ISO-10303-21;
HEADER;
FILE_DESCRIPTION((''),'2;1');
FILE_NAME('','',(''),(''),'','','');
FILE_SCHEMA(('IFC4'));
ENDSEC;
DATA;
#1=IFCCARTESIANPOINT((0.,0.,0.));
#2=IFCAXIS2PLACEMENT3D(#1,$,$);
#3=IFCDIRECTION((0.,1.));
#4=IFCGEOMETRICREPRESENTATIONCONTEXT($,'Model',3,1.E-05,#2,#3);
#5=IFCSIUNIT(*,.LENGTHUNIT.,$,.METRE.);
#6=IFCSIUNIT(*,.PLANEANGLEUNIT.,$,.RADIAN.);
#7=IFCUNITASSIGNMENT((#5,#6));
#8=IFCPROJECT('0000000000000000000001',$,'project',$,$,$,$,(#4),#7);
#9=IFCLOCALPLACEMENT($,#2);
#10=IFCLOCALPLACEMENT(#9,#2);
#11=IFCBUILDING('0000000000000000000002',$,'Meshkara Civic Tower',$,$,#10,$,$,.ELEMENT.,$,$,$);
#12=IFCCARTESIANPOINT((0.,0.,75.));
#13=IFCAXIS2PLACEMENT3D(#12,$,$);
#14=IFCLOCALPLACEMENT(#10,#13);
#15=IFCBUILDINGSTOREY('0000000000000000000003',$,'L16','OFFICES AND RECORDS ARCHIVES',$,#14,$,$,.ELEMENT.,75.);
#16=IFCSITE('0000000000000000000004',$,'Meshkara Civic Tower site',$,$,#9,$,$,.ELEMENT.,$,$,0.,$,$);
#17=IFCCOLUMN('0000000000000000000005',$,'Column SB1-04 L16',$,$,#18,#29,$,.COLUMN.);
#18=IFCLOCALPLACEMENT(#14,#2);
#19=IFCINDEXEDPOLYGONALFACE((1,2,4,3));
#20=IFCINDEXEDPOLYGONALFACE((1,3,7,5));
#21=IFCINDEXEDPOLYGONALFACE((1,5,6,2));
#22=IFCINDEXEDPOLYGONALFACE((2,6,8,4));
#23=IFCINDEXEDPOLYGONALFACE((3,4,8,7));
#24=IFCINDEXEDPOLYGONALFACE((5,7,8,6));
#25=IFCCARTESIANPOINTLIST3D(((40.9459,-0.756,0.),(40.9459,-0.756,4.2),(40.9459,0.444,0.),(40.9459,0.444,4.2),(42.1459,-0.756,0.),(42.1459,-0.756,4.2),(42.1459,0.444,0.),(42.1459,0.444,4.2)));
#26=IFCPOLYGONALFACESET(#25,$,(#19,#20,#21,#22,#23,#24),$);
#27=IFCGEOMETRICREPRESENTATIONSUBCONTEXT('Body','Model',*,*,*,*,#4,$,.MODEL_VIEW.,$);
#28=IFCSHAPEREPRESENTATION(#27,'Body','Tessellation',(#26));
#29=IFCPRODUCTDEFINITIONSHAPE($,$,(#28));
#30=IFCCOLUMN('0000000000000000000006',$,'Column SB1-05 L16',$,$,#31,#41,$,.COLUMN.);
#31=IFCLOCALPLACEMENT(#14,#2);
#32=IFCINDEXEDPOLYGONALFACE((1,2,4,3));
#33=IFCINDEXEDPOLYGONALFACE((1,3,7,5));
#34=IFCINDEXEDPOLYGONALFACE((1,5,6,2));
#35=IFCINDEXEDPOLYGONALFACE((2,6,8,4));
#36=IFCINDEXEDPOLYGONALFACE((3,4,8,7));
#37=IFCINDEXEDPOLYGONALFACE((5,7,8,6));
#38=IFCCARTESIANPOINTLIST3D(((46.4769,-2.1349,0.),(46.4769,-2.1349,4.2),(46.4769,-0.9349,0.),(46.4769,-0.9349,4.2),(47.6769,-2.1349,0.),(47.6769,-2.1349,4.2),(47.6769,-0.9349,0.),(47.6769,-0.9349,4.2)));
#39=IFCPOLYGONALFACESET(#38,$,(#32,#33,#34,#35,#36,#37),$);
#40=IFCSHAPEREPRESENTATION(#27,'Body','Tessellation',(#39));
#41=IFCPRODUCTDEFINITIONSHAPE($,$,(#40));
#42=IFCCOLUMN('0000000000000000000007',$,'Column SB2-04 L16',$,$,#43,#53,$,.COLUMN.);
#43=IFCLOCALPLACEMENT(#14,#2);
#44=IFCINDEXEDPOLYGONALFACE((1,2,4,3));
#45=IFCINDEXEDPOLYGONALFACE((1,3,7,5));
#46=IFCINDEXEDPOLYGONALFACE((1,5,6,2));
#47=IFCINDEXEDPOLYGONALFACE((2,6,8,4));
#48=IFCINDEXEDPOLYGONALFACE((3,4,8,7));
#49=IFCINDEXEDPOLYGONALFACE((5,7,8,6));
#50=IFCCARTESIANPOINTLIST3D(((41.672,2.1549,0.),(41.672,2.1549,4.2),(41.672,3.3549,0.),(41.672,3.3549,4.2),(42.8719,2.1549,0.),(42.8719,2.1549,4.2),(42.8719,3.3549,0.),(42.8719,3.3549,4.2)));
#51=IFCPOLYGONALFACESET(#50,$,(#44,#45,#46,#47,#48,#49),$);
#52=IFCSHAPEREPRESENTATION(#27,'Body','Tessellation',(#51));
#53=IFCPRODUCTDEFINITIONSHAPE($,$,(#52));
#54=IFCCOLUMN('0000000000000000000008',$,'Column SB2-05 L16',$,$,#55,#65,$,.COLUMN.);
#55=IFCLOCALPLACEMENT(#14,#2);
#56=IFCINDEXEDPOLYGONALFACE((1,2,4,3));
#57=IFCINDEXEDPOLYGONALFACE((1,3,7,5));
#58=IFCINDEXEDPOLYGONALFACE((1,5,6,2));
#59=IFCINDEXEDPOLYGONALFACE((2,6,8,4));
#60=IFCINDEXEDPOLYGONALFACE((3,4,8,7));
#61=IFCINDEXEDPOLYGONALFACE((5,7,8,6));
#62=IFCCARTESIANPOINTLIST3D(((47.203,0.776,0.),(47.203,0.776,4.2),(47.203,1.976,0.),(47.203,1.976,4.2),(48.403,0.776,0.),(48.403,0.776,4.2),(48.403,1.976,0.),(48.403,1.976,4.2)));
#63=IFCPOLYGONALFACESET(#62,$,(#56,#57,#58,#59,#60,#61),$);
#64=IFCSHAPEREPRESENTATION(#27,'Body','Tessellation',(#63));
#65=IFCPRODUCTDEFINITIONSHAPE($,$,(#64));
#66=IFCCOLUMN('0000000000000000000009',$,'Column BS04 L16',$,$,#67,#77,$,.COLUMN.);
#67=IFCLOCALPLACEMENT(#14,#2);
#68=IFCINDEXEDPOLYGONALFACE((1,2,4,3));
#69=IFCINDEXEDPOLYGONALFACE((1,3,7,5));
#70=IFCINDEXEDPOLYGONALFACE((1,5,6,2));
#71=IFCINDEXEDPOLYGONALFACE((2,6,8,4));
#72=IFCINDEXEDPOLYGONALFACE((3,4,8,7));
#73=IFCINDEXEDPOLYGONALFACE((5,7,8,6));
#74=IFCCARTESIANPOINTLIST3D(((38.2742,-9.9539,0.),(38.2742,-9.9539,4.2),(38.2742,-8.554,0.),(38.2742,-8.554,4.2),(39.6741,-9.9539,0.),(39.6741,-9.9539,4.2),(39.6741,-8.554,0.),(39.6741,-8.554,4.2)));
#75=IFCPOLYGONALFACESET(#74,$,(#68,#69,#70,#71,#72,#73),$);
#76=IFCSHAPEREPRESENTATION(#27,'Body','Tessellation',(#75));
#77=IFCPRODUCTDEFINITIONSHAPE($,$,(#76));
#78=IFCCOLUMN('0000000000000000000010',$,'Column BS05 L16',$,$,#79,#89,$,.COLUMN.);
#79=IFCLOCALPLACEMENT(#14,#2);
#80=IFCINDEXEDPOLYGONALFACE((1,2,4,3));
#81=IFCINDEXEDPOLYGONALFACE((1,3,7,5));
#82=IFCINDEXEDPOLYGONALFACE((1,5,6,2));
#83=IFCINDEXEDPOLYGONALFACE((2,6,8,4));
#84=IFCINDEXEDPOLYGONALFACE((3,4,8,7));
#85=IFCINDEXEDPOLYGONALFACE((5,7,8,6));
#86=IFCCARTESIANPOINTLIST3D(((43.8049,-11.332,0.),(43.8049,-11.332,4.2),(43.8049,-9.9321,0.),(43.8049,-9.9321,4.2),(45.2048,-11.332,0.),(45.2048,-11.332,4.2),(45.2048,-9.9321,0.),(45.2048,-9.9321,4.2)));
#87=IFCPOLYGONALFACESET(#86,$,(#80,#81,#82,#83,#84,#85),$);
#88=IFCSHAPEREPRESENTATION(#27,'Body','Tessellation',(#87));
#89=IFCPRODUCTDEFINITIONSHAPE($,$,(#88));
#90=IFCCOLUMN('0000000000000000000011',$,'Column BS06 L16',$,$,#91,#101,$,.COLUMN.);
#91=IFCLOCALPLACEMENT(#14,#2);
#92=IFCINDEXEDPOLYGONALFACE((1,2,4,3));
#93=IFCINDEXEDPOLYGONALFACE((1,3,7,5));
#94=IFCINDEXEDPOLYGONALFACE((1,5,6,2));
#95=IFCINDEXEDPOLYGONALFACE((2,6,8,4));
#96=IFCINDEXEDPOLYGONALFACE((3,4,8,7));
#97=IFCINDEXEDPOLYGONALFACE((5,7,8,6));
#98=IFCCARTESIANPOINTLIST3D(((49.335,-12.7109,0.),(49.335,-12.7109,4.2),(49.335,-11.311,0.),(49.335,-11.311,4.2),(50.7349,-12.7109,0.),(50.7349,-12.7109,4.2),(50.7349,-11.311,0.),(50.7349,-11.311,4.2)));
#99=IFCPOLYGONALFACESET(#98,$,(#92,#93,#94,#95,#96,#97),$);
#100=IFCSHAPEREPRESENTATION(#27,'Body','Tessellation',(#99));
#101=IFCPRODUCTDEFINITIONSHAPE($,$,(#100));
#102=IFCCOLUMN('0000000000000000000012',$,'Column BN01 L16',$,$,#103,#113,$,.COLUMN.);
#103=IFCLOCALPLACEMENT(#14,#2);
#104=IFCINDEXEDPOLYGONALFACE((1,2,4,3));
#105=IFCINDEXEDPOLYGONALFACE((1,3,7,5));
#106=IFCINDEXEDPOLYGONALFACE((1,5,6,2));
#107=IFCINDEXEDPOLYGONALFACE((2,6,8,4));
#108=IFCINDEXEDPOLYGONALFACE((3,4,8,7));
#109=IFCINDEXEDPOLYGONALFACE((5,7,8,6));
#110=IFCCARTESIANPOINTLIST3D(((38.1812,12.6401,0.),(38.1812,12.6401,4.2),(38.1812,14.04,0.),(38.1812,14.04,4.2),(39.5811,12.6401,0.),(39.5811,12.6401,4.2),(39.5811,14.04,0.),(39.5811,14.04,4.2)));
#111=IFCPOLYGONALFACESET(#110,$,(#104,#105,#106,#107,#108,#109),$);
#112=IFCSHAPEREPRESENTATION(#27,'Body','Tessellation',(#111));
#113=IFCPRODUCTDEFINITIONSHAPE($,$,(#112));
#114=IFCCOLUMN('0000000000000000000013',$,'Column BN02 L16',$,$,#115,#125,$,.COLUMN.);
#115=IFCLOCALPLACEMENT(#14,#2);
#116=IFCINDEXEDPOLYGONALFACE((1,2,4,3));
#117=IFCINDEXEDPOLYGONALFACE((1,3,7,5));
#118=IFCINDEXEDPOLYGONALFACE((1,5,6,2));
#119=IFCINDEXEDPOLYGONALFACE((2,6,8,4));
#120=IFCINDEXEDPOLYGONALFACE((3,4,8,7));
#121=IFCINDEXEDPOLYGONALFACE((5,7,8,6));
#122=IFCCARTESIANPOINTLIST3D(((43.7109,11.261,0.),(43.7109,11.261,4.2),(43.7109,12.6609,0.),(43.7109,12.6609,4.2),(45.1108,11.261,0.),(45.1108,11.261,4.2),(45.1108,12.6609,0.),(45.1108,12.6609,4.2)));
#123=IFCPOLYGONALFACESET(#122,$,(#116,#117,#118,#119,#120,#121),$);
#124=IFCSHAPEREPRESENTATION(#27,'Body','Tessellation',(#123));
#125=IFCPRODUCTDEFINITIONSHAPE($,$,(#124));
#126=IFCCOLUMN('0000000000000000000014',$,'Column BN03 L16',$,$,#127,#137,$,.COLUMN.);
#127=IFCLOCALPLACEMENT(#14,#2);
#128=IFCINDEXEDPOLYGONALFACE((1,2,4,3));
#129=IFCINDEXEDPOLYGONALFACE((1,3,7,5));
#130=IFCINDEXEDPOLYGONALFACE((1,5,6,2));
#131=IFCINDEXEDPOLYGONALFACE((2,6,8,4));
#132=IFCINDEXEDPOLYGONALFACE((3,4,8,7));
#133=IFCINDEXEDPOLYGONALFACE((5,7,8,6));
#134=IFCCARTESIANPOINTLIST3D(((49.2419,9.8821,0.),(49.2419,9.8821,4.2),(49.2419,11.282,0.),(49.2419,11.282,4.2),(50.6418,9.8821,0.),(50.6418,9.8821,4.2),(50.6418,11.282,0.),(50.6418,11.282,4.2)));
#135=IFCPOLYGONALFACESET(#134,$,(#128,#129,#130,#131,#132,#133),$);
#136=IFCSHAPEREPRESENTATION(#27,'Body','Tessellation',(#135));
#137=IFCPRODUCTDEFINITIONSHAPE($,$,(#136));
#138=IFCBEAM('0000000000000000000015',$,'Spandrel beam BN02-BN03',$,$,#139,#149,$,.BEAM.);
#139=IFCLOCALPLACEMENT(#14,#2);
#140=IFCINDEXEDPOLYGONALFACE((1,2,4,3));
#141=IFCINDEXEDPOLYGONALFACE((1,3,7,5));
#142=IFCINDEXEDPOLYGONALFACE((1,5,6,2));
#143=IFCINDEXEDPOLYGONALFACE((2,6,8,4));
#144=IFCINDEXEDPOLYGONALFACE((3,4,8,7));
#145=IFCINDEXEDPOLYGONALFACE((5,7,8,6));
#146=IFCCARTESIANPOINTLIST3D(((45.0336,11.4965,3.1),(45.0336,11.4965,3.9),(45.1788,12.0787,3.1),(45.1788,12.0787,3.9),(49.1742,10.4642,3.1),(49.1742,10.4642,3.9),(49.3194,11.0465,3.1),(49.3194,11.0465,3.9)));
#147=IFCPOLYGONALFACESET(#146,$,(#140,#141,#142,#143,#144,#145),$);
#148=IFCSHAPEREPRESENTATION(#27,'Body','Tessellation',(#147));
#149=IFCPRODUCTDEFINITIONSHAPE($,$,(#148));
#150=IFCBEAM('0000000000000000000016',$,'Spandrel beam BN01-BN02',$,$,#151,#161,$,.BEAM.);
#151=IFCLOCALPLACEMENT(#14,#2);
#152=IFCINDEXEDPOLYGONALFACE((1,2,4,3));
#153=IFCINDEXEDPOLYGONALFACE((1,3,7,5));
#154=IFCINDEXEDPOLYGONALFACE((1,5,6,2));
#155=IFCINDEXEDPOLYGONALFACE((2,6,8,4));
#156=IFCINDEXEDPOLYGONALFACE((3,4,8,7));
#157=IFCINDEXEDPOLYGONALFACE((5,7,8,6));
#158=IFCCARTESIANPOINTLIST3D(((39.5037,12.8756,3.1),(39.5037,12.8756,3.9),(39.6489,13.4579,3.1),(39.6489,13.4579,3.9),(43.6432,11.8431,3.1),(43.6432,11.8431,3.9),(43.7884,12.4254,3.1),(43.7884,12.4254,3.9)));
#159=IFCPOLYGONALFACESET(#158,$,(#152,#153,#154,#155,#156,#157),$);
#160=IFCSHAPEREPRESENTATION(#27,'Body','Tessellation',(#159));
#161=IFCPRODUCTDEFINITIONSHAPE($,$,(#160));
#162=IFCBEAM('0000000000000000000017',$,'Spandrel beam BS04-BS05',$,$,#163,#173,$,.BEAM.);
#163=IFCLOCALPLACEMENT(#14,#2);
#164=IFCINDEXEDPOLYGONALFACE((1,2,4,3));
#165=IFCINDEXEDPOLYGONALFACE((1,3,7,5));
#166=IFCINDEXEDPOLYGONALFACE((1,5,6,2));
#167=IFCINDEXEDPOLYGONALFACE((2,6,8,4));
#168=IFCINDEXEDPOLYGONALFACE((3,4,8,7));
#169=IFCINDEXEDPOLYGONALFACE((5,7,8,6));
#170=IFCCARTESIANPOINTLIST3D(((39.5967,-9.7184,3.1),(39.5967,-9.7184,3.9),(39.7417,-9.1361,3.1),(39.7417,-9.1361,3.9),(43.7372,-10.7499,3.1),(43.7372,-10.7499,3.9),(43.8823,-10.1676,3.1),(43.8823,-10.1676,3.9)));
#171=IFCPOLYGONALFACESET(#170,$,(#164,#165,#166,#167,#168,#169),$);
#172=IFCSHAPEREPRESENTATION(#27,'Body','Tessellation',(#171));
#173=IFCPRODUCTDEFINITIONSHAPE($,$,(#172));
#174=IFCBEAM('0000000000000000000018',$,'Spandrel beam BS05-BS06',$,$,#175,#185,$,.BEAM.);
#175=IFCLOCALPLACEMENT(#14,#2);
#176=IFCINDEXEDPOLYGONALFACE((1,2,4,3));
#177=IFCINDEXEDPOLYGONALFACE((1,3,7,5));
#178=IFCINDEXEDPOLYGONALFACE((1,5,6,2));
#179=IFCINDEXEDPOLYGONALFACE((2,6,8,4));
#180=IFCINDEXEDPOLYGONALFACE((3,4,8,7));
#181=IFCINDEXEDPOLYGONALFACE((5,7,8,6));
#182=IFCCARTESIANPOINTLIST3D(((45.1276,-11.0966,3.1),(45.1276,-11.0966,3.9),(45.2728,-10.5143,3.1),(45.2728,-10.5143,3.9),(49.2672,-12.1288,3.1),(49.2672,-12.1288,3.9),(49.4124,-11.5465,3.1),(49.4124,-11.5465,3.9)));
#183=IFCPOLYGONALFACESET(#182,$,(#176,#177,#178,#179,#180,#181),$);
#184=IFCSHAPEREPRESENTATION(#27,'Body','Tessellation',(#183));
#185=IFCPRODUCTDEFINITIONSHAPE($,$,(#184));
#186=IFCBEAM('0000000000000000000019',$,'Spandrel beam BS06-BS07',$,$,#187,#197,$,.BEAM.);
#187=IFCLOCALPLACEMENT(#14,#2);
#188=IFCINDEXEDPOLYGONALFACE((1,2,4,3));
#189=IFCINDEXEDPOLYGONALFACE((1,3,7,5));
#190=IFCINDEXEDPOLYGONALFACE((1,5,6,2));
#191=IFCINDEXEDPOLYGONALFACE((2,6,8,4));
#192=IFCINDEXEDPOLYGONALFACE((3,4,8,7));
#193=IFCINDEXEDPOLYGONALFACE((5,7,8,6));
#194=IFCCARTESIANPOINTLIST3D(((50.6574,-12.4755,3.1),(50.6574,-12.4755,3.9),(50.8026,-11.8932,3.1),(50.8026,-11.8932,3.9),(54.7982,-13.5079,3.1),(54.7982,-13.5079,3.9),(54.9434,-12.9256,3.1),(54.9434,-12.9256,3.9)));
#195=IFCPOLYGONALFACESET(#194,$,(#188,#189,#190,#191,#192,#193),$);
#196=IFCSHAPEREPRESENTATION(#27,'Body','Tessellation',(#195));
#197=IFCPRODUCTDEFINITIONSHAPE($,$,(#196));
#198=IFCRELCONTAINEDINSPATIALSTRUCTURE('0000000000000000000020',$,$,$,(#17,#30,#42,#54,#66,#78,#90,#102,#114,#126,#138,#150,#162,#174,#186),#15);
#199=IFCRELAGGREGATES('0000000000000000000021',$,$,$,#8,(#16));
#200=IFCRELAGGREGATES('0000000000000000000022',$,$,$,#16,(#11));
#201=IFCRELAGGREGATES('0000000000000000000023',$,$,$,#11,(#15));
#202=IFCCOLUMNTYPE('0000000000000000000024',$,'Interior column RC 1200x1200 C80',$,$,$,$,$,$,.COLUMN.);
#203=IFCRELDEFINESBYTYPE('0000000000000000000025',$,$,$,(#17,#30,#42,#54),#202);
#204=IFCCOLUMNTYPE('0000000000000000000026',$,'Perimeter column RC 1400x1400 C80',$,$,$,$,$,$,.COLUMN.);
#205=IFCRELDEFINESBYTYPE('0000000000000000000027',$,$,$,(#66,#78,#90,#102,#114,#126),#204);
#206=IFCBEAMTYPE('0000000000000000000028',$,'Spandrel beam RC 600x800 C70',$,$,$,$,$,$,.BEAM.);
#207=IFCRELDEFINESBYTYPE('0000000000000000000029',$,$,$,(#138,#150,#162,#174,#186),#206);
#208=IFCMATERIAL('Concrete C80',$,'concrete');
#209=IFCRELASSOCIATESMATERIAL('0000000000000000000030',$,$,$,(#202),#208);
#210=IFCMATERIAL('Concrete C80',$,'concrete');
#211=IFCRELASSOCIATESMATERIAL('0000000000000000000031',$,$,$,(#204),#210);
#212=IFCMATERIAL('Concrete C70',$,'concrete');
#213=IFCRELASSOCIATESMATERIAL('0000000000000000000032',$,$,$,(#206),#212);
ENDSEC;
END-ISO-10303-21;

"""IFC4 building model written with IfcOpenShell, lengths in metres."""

from ifc_helpers import new_model, si_unit, direction, frame, origin, origin_2d, place, context, subcontext, project, spatial, rectangle, extrude, material, material_profile, profile_set, type_object, element, save


model = new_model("IFC4")

# Units and contexts
model_context = context("Model", 3, precision=1e-05, world=origin(), true_north=direction((0.0, 1.0)))
body_context = subcontext(model_context, "Body", "Model", "MODEL_VIEW")
ifc_project = project(units=[si_unit("LENGTHUNIT", "METRE"), si_unit("PLANEANGLEUNIT", "RADIAN")], contexts=[model_context])

# Site, building, storey
site_placement = place(None, origin())
site = spatial("IfcSite", under=ifc_project, at=site_placement, Name="Meshkara Civic Tower site", CompositionType="ELEMENT", RefElevation=0.0)
building_placement = place(site_placement, origin())
building = spatial("IfcBuilding", under=site, at=building_placement, Name="Meshkara Civic Tower", CompositionType="ELEMENT")
storey_placement = place(building_placement, frame((0.0, 0.0, 75.0)))
storey = spatial("IfcBuildingStorey", under=building, at=storey_placement, Name="L16", Description="OFFICES AND RECORDS ARCHIVES", CompositionType="ELEMENT", Elevation=75.0)

# Columns
ifc_material_1 = material(Name="Concrete C80", Category="concrete")
ifc_material_profile_1 = material_profile(ifc_material_1, rectangle(XDim=1.2, YDim=1.2, at=origin_2d()))
ifc_profile_set_1 = profile_set([ifc_material_profile_1], Name="Concrete C80")
column_type_1 = type_object("IfcColumnType", Name="Interior column RC 1200x1200 C80", PredefinedType="COLUMN", material=ifc_profile_set_1)
for number, where, z_axis, x_axis, name in (
    (1, (41.5459, -0.156, 0.0), (0.0, 0.0, 1.0), (1.0, 0.0, 0.0), "Column SB1-04 L16"),
    (2, (47.0769, -1.5349, 0.0), (0.0, 0.0, 1.0), (1.0, 0.0, 0.0), "Column SB1-05 L16"),
    (3, (42.272, 2.7549, 0.0), (0.0, 0.0, 1.0), (1.0, 0.0, 0.0), "Column SB2-04 L16"),
    (4, (47.803, 1.376, 0.0), (0.0, 0.0, 1.0), (1.0, 0.0, 0.0), "Column SB2-05 L16"),
):
    element("IfcColumn", number, at=place(storey_placement, frame(where, z_axis=z_axis, x_axis=x_axis)), inside=storey, type_object=column_type_1, Name=name, PredefinedType="COLUMN", context=body_context, shape_type="SweptSolid", body=[
        extrude(rectangle(XDim=1.2, YDim=1.2, at=origin_2d()), origin(), (0.0, 0.0, 1.0), 4.2),
    ])
ifc_material_2 = material(Name="Concrete C80", Category="concrete")
ifc_material_profile_2 = material_profile(ifc_material_2, rectangle(XDim=1.3999, YDim=1.3999, at=origin_2d()))
ifc_profile_set_2 = profile_set([ifc_material_profile_2], Name="Concrete C80")
column_type_2 = type_object("IfcColumnType", Name="Perimeter column RC 1400x1400 C80", PredefinedType="COLUMN", material=ifc_profile_set_2)
for number, where, z_axis, x_axis, name in (
    (5, (38.9741, -9.2539, 0.0), (0.0, 0.0, 1.0), (1.0, 0.0, 0.0), "Column BS04 L16"),
    (6, (44.5049, -10.6321, 0.0), (0.0, 0.0, 1.0), (1.0, 0.0, 0.0), "Column BS05 L16"),
    (7, (50.0349, -12.011, 0.0), (0.0, 0.0, 1.0), (1.0, 0.0, 0.0), "Column BS06 L16"),
    (8, (38.8811, 13.3401, 0.0), (0.0, 0.0, 1.0), (1.0, 0.0, 0.0), "Column BN01 L16"),
    (9, (44.4109, 11.9609, 0.0), (0.0, 0.0, 1.0), (1.0, 0.0, 0.0), "Column BN02 L16"),
    (10, (49.9419, 10.582, 0.0), (0.0, 0.0, 1.0), (1.0, 0.0, 0.0), "Column BN03 L16"),
):
    element("IfcColumn", number, at=place(storey_placement, frame(where, z_axis=z_axis, x_axis=x_axis)), inside=storey, type_object=column_type_2, Name=name, PredefinedType="COLUMN", context=body_context, shape_type="SweptSolid", body=[
        extrude(rectangle(XDim=1.3999, YDim=1.3999, at=origin_2d()), origin(), (0.0, 0.0, 1.0), 4.2),
    ])

# Beams
ifc_material_3 = material(Name="Concrete C70", Category="concrete")
ifc_material_profile_3 = material_profile(ifc_material_3, rectangle(XDim=0.6001, YDim=0.8, at=origin_2d()))
ifc_profile_set_3 = profile_set([ifc_material_profile_3], Name="Concrete C70")
beam_type = type_object("IfcBeamType", Name="Spandrel beam RC 600x800 C70", PredefinedType="BEAM", material=ifc_profile_set_3)
beam_1_placement = place(storey_placement, frame((49.2468, 10.7554, 3.5), z_axis=(-0.970304, 0.241889, 0.0), x_axis=(-0.241889, -0.970304, 0.0)))
element("IfcBeam", 11, at=beam_1_placement, inside=storey, type_object=beam_type, Name="Spandrel beam BN02-BN03", PredefinedType="BEAM", context=body_context, shape_type="SweptSolid", body=[
    extrude(rectangle(XDim=0.6001, YDim=0.8, at=origin_2d()), origin(), (0.0, 0.0, 1.0), 4.2673),
])
beam_2_placement = place(storey_placement, frame((43.7158, 12.1343, 3.5), z_axis=(-0.970277, 0.241997, 0.0), x_axis=(-0.241997, -0.970277, 0.0)))
element("IfcBeam", 12, at=beam_2_placement, inside=storey, type_object=beam_type, Name="Spandrel beam BN01-BN02", PredefinedType="BEAM", context=body_context, shape_type="SweptSolid", body=[
    extrude(rectangle(XDim=0.6001, YDim=0.8, at=origin_2d()), origin(), (0.0, 0.0, 1.0), 4.2664),
])
beam_3_placement = place(storey_placement, frame((39.6692, -9.4272, 3.5), z_axis=(0.970344, -0.241728, 0.0), x_axis=(0.241728, 0.970344, 0.0)))
element("IfcBeam", 13, at=beam_3_placement, inside=storey, type_object=beam_type, Name="Spandrel beam BS04-BS05", PredefinedType="BEAM", context=body_context, shape_type="SweptSolid", body=[
    extrude(rectangle(XDim=0.6001, YDim=0.8, at=origin_2d()), origin(), (0.0, 0.0, 1.0), 4.2671),
])
beam_4_placement = place(storey_placement, frame((45.2002, -10.8054, 3.5), z_axis=(0.97029, -0.241943, 0.0), x_axis=(0.241943, 0.97029, 0.0)))
element("IfcBeam", 14, at=beam_4_placement, inside=storey, type_object=beam_type, Name="Spandrel beam BS05-BS06", PredefinedType="BEAM", context=body_context, shape_type="SweptSolid", body=[
    extrude(rectangle(XDim=0.6001, YDim=0.8, at=origin_2d()), origin(), (0.0, 0.0, 1.0), 4.2664),
])
beam_5_placement = place(storey_placement, frame((50.73, -12.1843, 3.5), z_axis=(0.970294, -0.24193, 0.0), x_axis=(0.24193, 0.970294, 0.0)))
element("IfcBeam", 15, at=beam_5_placement, inside=storey, type_object=beam_type, Name="Spandrel beam BS06-BS07", PredefinedType="BEAM", context=body_context, shape_type="SweptSolid", body=[
    extrude(rectangle(XDim=0.6001, YDim=0.8, at=origin_2d()), origin(), (0.0, 0.0, 1.0), 4.2676),
])

save(model, "model.ifc")
